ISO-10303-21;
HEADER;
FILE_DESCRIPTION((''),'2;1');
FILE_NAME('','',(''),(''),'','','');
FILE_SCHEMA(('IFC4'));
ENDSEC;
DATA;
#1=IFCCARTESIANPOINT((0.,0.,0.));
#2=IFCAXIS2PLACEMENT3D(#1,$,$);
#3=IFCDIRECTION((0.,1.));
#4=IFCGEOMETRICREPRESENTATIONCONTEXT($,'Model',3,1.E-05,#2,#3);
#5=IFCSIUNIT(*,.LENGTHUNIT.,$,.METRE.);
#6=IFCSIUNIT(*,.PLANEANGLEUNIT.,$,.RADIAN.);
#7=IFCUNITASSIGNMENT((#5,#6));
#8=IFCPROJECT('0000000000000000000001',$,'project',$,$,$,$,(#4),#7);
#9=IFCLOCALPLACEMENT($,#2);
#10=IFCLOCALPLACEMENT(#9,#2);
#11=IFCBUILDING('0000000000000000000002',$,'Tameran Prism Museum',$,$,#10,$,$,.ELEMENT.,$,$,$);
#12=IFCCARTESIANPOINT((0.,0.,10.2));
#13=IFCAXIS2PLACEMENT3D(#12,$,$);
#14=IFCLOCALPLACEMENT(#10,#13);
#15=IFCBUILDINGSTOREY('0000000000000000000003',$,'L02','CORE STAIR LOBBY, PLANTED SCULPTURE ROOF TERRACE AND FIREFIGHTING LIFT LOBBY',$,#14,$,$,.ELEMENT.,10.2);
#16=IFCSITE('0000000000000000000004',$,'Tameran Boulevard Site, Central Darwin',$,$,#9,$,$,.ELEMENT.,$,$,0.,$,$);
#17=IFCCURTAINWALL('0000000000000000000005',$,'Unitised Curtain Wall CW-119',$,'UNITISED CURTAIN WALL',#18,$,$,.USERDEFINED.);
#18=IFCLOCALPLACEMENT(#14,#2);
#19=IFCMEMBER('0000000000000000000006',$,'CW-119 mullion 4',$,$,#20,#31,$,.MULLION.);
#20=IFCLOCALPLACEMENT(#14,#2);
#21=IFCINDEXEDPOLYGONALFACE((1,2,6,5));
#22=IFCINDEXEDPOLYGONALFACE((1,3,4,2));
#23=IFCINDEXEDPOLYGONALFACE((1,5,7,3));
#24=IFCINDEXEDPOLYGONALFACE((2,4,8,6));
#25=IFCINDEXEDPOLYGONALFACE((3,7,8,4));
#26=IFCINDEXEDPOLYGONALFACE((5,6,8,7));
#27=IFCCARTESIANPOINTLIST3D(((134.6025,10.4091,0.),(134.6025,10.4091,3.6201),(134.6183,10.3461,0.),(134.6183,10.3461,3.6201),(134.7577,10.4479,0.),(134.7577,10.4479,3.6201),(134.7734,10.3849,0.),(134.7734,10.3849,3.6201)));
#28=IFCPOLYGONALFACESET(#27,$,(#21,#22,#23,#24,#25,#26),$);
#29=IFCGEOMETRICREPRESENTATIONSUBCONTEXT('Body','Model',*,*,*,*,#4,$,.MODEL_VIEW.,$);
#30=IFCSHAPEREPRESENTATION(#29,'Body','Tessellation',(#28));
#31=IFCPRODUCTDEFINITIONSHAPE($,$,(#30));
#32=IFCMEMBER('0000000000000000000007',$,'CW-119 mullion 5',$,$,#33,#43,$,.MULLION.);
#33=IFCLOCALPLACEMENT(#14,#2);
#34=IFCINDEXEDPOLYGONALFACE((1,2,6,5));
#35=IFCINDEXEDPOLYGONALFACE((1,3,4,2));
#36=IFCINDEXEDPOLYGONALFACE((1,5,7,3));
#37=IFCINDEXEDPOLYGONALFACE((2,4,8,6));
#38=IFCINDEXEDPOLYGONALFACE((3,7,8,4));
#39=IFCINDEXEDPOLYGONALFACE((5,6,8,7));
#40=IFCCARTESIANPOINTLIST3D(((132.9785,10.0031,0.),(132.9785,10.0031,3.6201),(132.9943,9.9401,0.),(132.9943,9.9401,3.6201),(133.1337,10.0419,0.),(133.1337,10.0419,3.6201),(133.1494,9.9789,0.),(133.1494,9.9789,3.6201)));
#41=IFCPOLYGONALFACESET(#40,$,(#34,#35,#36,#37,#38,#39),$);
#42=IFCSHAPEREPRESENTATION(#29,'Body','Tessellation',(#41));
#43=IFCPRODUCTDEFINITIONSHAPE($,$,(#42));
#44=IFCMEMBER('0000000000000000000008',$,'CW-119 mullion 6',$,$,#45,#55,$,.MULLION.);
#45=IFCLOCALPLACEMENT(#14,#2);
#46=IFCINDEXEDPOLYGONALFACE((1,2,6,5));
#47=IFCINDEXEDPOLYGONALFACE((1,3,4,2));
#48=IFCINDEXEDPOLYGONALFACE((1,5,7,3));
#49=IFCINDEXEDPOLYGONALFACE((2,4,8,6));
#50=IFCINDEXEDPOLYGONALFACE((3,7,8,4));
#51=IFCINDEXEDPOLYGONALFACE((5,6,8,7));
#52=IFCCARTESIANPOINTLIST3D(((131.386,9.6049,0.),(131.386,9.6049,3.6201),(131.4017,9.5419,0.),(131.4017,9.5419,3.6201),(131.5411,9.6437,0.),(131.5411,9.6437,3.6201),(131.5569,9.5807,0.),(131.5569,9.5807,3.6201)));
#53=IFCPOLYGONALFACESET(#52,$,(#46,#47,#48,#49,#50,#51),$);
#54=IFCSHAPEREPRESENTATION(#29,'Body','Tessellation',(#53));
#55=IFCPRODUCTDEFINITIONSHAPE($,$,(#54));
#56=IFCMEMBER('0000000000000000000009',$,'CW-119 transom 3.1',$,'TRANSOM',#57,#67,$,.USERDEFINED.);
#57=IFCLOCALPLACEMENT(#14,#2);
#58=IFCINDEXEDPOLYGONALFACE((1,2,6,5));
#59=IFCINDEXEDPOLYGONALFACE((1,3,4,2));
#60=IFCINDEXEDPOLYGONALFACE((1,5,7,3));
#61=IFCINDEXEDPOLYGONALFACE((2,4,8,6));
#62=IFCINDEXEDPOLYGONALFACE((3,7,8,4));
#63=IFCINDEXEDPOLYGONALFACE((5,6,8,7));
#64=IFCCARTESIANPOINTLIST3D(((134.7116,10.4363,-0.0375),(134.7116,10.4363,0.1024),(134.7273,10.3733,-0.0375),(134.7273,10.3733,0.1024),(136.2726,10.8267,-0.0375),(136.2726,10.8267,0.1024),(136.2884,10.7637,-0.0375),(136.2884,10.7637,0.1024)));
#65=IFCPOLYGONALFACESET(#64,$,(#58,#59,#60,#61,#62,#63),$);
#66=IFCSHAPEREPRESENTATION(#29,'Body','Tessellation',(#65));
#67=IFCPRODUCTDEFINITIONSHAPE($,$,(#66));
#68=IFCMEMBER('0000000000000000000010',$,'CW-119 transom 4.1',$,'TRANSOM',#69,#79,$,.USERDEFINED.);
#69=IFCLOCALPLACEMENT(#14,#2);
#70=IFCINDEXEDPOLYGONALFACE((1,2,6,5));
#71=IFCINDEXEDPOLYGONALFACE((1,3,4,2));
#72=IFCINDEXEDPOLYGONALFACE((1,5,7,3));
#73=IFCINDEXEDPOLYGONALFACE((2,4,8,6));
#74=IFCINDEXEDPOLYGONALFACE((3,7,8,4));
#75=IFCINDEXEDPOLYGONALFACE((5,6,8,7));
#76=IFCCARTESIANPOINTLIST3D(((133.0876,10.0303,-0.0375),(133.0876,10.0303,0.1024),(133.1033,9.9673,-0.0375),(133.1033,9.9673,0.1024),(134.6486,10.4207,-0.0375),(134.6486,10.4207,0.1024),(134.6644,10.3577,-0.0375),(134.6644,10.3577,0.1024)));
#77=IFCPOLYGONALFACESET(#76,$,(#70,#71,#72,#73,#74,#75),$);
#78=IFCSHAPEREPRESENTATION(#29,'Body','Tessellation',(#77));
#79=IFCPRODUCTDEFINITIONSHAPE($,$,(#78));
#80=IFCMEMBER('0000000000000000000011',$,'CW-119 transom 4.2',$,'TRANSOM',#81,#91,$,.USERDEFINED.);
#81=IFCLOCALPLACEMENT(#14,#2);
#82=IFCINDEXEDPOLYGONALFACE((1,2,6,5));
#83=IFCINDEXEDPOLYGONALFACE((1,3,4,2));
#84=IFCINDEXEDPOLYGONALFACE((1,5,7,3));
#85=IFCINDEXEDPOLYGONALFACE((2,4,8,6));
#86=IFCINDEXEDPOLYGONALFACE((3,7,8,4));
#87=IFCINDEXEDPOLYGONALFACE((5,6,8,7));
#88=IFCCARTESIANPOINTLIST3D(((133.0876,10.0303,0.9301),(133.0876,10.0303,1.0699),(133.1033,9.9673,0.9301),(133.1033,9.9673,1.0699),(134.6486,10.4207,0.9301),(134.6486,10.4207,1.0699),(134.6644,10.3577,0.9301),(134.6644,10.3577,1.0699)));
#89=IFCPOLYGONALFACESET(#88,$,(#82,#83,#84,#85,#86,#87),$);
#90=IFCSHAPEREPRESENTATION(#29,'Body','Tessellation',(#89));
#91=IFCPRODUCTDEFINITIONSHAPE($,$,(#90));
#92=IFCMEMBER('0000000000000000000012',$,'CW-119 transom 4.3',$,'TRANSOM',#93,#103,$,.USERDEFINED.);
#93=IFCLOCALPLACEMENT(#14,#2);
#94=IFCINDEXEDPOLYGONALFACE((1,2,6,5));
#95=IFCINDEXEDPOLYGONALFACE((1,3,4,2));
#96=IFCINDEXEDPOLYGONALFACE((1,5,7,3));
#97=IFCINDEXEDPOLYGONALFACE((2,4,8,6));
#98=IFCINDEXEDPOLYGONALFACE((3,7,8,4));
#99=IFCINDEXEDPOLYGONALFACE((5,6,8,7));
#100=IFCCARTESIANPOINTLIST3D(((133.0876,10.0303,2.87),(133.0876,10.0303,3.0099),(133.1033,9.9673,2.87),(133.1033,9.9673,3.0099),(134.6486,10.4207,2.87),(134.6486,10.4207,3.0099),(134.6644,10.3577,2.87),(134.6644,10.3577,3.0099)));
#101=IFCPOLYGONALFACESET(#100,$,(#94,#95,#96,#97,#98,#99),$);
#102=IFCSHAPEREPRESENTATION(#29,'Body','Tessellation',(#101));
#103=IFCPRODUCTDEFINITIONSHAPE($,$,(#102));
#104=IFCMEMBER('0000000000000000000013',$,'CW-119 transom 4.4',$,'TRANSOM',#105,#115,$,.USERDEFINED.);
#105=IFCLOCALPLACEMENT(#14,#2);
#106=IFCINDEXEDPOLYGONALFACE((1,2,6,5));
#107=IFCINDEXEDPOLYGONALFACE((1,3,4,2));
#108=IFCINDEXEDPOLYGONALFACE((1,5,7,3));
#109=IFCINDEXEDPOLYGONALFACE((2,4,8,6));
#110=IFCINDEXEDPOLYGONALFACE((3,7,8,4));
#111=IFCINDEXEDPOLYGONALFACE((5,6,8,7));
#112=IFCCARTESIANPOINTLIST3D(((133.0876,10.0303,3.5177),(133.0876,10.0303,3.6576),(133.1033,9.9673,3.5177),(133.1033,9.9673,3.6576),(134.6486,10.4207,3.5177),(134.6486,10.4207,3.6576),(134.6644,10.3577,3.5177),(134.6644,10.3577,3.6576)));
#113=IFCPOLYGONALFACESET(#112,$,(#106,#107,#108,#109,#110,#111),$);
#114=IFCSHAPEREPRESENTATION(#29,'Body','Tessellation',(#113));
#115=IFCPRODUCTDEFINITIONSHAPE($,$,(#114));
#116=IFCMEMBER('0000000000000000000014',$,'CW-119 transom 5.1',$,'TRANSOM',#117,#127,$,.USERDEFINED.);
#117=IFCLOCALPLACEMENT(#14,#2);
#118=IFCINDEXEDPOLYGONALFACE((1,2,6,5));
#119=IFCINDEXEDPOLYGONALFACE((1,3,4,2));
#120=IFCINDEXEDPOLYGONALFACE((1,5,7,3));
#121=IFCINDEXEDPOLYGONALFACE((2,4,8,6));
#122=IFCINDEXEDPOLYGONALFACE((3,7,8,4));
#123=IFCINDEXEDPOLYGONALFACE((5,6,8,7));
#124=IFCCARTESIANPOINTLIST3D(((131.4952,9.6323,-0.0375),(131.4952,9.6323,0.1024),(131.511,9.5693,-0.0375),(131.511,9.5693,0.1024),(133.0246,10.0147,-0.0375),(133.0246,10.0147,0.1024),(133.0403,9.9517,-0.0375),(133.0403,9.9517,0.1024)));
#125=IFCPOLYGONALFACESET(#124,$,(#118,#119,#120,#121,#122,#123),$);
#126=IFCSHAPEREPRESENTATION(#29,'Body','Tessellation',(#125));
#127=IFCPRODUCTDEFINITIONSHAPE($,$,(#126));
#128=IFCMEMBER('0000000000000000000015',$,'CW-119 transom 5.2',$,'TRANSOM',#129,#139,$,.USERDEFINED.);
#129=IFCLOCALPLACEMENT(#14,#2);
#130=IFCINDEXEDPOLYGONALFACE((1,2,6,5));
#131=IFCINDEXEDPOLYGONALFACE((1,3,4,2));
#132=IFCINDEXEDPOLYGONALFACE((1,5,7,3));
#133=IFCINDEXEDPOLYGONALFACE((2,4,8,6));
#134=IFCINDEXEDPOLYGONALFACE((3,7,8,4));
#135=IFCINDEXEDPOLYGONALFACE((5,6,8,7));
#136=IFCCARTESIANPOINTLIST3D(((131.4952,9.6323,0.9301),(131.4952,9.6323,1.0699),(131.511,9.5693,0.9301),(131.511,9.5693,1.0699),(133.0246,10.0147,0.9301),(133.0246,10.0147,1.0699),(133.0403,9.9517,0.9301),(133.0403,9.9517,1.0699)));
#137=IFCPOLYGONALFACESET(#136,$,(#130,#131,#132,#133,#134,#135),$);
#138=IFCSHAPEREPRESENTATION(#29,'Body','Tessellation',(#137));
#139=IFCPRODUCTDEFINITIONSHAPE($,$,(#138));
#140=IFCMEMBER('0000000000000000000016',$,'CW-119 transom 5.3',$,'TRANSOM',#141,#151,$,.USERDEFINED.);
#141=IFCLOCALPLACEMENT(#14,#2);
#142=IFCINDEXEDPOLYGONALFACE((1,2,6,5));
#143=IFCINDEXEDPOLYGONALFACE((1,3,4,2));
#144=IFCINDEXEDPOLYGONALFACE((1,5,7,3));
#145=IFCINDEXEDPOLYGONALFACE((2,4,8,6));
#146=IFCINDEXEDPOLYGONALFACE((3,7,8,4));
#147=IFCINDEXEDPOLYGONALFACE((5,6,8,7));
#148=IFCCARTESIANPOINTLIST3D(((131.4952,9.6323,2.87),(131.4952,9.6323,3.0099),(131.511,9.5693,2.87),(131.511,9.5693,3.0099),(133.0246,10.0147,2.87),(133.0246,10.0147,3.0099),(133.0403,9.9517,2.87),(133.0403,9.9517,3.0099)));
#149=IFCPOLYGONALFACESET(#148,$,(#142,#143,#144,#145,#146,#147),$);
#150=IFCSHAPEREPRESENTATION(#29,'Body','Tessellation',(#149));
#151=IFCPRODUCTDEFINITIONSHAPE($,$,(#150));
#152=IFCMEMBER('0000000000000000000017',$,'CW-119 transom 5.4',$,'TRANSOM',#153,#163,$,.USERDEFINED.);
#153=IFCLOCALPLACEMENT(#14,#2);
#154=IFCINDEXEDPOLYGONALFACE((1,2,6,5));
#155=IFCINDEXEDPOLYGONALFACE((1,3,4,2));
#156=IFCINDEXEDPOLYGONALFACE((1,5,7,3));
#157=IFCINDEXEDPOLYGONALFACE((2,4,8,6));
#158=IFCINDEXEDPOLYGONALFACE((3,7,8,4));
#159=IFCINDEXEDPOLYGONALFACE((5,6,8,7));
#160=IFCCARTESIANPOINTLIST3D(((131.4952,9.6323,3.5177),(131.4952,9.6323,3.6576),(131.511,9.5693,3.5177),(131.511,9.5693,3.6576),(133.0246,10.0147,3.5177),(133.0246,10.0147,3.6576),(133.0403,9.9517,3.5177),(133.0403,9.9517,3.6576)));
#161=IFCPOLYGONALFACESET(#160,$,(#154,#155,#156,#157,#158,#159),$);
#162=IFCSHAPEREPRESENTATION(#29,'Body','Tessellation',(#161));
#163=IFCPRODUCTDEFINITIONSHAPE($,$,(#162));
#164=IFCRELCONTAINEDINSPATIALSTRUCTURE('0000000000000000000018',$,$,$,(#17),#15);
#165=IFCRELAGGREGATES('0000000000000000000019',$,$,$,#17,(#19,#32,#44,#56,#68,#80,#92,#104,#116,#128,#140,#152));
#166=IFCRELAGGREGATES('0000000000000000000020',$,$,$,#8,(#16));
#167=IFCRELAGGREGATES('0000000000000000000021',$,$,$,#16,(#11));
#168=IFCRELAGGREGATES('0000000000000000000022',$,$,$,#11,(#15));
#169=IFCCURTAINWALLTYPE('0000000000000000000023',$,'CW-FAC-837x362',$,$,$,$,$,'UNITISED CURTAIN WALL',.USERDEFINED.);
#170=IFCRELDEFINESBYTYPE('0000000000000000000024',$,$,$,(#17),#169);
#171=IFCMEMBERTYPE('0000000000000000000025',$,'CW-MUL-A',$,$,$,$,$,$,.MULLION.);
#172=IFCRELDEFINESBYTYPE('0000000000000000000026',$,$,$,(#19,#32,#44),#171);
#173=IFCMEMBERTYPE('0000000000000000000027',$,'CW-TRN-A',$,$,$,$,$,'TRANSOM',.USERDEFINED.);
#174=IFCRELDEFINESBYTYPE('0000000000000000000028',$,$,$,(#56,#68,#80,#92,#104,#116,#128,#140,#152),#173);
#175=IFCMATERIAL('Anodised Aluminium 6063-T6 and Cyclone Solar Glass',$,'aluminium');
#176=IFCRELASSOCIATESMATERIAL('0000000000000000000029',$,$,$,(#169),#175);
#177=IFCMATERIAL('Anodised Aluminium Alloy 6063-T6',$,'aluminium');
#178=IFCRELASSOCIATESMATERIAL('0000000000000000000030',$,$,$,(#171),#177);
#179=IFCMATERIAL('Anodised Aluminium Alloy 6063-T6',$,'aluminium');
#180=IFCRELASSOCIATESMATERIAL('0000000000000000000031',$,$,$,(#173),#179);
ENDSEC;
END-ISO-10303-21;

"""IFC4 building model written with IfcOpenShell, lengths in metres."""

from ifc_helpers import new_model, si_unit, direction, frame, origin, origin_2d, place, context, subcontext, project, spatial, rectangle, extrude, material, material_profile, profile_set, type_object, element, aggregate, save


model = new_model("IFC4")

# Units and contexts
model_context = context("Model", 3, precision=1e-05, world=origin(), true_north=direction((0.0, 1.0)))
body_context = subcontext(model_context, "Body", "Model", "MODEL_VIEW")
ifc_project = project(units=[si_unit("LENGTHUNIT", "METRE"), si_unit("PLANEANGLEUNIT", "RADIAN")], contexts=[model_context])

# Site, building, storey
site_placement = place(None, origin())
site = spatial("IfcSite", under=ifc_project, at=site_placement, Name="Tameran Boulevard Site, Central Darwin", CompositionType="ELEMENT", RefElevation=0.0)
building_placement = place(site_placement, origin())
building = spatial("IfcBuilding", under=site, at=building_placement, Name="Tameran Prism Museum", CompositionType="ELEMENT")
storey_placement = place(building_placement, frame((0.0, 0.0, 10.2)))
storey = spatial("IfcBuildingStorey", under=building, at=storey_placement, Name="L02", Description="CORE STAIR LOBBY, PLANTED SCULPTURE ROOF TERRACE AND FIREFIGHTING LIFT LOBBY", CompositionType="ELEMENT", Elevation=10.2)

# Curtain wall, members
ifc_material_1 = material(Name="Anodised Aluminium 6063-T6 and Cyclone Solar Glass", Category="aluminium")
curtain_wall_type = type_object("IfcCurtainWallType", Name="CW-FAC-837x362", ElementType="UNITISED CURTAIN WALL", PredefinedType="USERDEFINED", material=ifc_material_1)
curtain_wall_placement = place(storey_placement, origin())
curtain_wall = element("IfcCurtainWall", 1, at=curtain_wall_placement, inside=storey, type_object=curtain_wall_type, Name="Unitised Curtain Wall CW-119", ObjectType="UNITISED CURTAIN WALL", PredefinedType="USERDEFINED")
ifc_material_2 = material(Name="Anodised Aluminium Alloy 6063-T6", Category="aluminium")
ifc_material_profile_1 = material_profile(ifc_material_2, rectangle(XDim=0.0649, YDim=0.1599, at=origin_2d()))
ifc_profile_set_1 = profile_set([ifc_material_profile_1])
member_type_1 = type_object("IfcMemberType", Name="CW-MUL-A", PredefinedType="MULLION", material=ifc_profile_set_1)
member_1_placement = place(storey_placement, frame((134.688, 10.397, 0.0), z_axis=(0.0, 0.0, 1.0), x_axis=(0.242536, -0.970143, 0.0)))
member_1 = element("IfcMember", 2, at=member_1_placement, type_object=member_type_1, Name="CW-119 mullion 4", PredefinedType="MULLION", context=body_context, shape_type="SweptSolid", body=[
    extrude(rectangle(XDim=0.0649, YDim=0.1599, at=origin_2d()), origin(), (0.0, 0.0, 1.0), 3.6201),
])
member_2_placement = place(storey_placement, frame((133.064, 9.991, 0.0), z_axis=(0.0, 0.0, 1.0), x_axis=(0.242536, -0.970143, 0.0)))
member_2 = element("IfcMember", 3, at=member_2_placement, type_object=member_type_1, Name="CW-119 mullion 5", PredefinedType="MULLION", context=body_context, shape_type="SweptSolid", body=[
    extrude(rectangle(XDim=0.0649, YDim=0.1599, at=origin_2d()), origin(), (0.0, 0.0, 1.0), 3.6201),
])
member_3_placement = place(storey_placement, frame((131.4714, 9.5928, 0.0), z_axis=(0.0, 0.0, 1.0), x_axis=(0.242536, -0.970143, 0.0)))
member_3 = element("IfcMember", 4, at=member_3_placement, type_object=member_type_1, Name="CW-119 mullion 6", PredefinedType="MULLION", context=body_context, shape_type="SweptSolid", body=[
    extrude(rectangle(XDim=0.0649, YDim=0.1599, at=origin_2d()), origin(), (0.0, 0.0, 1.0), 3.6201),
])
ifc_material_3 = material(Name="Anodised Aluminium Alloy 6063-T6", Category="aluminium")
ifc_material_profile_2 = material_profile(ifc_material_3, rectangle(XDim=0.0649, YDim=0.1399, at=origin_2d()))
ifc_profile_set_2 = profile_set([ifc_material_profile_2])
member_type_2 = type_object("IfcMemberType", Name="CW-TRN-A", ElementType="TRANSOM", PredefinedType="USERDEFINED", material=ifc_profile_set_2)
member_4_placement = place(storey_placement, frame((136.2805, 10.7952, 0.0325), z_axis=(-0.970125, -0.242607, 0.0), x_axis=(0.242607, -0.970125, 0.0)))
member_4 = element("IfcMember", 5, at=member_4_placement, type_object=member_type_2, Name="CW-119 transom 3.1", ObjectType="TRANSOM", PredefinedType="USERDEFINED", context=body_context, shape_type="SweptSolid", body=[
    extrude(rectangle(XDim=0.0649, YDim=0.1399, at=origin_2d()), origin(), (0.0, 0.0, 1.0), 1.6091),
])
member_5_placement = place(storey_placement, frame((134.6565, 10.3892, 0.0325), z_axis=(-0.970125, -0.242607, 0.0), x_axis=(0.242607, -0.970125, 0.0)))
member_5 = element("IfcMember", 6, at=member_5_placement, type_object=member_type_2, Name="CW-119 transom 4.1", ObjectType="TRANSOM", PredefinedType="USERDEFINED", context=body_context, shape_type="SweptSolid", body=[
    extrude(rectangle(XDim=0.0649, YDim=0.1399, at=origin_2d()), origin(), (0.0, 0.0, 1.0), 1.6091),
])
member_6_placement = place(storey_placement, frame((134.6565, 10.3892, 1.0), z_axis=(-0.970125, -0.242607, 0.0), x_axis=(0.242607, -0.970125, 0.0)))
member_6 = element("IfcMember", 7, at=member_6_placement, type_object=member_type_2, Name="CW-119 transom 4.2", ObjectType="TRANSOM", PredefinedType="USERDEFINED", context=body_context, shape_type="SweptSolid", body=[
    extrude(rectangle(XDim=0.0649, YDim=0.1399, at=origin_2d()), origin(), (0.0, 0.0, 1.0), 1.6091),
])
member_7_placement = place(storey_placement, frame((134.6565, 10.3892, 2.9399), z_axis=(-0.970125, -0.242607, 0.0), x_axis=(0.242607, -0.970125, 0.0)))
member_7 = element("IfcMember", 8, at=member_7_placement, type_object=member_type_2, Name="CW-119 transom 4.3", ObjectType="TRANSOM", PredefinedType="USERDEFINED", context=body_context, shape_type="SweptSolid", body=[
    extrude(rectangle(XDim=0.0649, YDim=0.1399, at=origin_2d()), origin(), (0.0, 0.0, 1.0), 1.6091),
])
member_8_placement = place(storey_placement, frame((134.6565, 10.3892, 3.5876), z_axis=(-0.970125, -0.242607, 0.0), x_axis=(0.242607, -0.970125, 0.0)))
member_8 = element("IfcMember", 9, at=member_8_placement, type_object=member_type_2, Name="CW-119 transom 4.4", ObjectType="TRANSOM", PredefinedType="USERDEFINED", context=body_context, shape_type="SweptSolid", body=[
    extrude(rectangle(XDim=0.0649, YDim=0.1399, at=origin_2d()), origin(), (0.0, 0.0, 1.0), 1.6091),
])
member_9_placement = place(storey_placement, frame((133.0325, 9.9832, 0.0325), z_axis=(-0.970143, -0.242536, 0.0), x_axis=(0.242536, -0.970143, 0.0)))
member_9 = element("IfcMember", 10, at=member_9_placement, type_object=member_type_2, Name="CW-119 transom 5.1", ObjectType="TRANSOM", PredefinedType="USERDEFINED", context=body_context, shape_type="SweptSolid", body=[
    extrude(rectangle(XDim=0.0649, YDim=0.1399, at=origin_2d()), origin(), (0.0, 0.0, 1.0), 1.5764),
])
member_10_placement = place(storey_placement, frame((133.0325, 9.9832, 1.0), z_axis=(-0.970143, -0.242536, 0.0), x_axis=(0.242536, -0.970143, 0.0)))
member_10 = element("IfcMember", 11, at=member_10_placement, type_object=member_type_2, Name="CW-119 transom 5.2", ObjectType="TRANSOM", PredefinedType="USERDEFINED", context=body_context, shape_type="SweptSolid", body=[
    extrude(rectangle(XDim=0.0649, YDim=0.1399, at=origin_2d()), origin(), (0.0, 0.0, 1.0), 1.5764),
])
member_11_placement = place(storey_placement, frame((133.0325, 9.9832, 2.9399), z_axis=(-0.970143, -0.242536, 0.0), x_axis=(0.242536, -0.970143, 0.0)))
member_11 = element("IfcMember", 12, at=member_11_placement, type_object=member_type_2, Name="CW-119 transom 5.3", ObjectType="TRANSOM", PredefinedType="USERDEFINED", context=body_context, shape_type="SweptSolid", body=[
    extrude(rectangle(XDim=0.0649, YDim=0.1399, at=origin_2d()), origin(), (0.0, 0.0, 1.0), 1.5764),
])
member_12_placement = place(storey_placement, frame((133.0325, 9.9832, 3.5876), z_axis=(-0.970143, -0.242536, 0.0), x_axis=(0.242536, -0.970143, 0.0)))
member_12 = element("IfcMember", 13, at=member_12_placement, type_object=member_type_2, Name="CW-119 transom 5.4", ObjectType="TRANSOM", PredefinedType="USERDEFINED", context=body_context, shape_type="SweptSolid", body=[
    extrude(rectangle(XDim=0.0649, YDim=0.1399, at=origin_2d()), origin(), (0.0, 0.0, 1.0), 1.5764),
])

aggregate(curtain_wall, [member_1, member_2, member_3, member_4, member_5, member_6, member_7, member_8, member_9, member_10, member_11, member_12])

save(model, "model.ifc")
